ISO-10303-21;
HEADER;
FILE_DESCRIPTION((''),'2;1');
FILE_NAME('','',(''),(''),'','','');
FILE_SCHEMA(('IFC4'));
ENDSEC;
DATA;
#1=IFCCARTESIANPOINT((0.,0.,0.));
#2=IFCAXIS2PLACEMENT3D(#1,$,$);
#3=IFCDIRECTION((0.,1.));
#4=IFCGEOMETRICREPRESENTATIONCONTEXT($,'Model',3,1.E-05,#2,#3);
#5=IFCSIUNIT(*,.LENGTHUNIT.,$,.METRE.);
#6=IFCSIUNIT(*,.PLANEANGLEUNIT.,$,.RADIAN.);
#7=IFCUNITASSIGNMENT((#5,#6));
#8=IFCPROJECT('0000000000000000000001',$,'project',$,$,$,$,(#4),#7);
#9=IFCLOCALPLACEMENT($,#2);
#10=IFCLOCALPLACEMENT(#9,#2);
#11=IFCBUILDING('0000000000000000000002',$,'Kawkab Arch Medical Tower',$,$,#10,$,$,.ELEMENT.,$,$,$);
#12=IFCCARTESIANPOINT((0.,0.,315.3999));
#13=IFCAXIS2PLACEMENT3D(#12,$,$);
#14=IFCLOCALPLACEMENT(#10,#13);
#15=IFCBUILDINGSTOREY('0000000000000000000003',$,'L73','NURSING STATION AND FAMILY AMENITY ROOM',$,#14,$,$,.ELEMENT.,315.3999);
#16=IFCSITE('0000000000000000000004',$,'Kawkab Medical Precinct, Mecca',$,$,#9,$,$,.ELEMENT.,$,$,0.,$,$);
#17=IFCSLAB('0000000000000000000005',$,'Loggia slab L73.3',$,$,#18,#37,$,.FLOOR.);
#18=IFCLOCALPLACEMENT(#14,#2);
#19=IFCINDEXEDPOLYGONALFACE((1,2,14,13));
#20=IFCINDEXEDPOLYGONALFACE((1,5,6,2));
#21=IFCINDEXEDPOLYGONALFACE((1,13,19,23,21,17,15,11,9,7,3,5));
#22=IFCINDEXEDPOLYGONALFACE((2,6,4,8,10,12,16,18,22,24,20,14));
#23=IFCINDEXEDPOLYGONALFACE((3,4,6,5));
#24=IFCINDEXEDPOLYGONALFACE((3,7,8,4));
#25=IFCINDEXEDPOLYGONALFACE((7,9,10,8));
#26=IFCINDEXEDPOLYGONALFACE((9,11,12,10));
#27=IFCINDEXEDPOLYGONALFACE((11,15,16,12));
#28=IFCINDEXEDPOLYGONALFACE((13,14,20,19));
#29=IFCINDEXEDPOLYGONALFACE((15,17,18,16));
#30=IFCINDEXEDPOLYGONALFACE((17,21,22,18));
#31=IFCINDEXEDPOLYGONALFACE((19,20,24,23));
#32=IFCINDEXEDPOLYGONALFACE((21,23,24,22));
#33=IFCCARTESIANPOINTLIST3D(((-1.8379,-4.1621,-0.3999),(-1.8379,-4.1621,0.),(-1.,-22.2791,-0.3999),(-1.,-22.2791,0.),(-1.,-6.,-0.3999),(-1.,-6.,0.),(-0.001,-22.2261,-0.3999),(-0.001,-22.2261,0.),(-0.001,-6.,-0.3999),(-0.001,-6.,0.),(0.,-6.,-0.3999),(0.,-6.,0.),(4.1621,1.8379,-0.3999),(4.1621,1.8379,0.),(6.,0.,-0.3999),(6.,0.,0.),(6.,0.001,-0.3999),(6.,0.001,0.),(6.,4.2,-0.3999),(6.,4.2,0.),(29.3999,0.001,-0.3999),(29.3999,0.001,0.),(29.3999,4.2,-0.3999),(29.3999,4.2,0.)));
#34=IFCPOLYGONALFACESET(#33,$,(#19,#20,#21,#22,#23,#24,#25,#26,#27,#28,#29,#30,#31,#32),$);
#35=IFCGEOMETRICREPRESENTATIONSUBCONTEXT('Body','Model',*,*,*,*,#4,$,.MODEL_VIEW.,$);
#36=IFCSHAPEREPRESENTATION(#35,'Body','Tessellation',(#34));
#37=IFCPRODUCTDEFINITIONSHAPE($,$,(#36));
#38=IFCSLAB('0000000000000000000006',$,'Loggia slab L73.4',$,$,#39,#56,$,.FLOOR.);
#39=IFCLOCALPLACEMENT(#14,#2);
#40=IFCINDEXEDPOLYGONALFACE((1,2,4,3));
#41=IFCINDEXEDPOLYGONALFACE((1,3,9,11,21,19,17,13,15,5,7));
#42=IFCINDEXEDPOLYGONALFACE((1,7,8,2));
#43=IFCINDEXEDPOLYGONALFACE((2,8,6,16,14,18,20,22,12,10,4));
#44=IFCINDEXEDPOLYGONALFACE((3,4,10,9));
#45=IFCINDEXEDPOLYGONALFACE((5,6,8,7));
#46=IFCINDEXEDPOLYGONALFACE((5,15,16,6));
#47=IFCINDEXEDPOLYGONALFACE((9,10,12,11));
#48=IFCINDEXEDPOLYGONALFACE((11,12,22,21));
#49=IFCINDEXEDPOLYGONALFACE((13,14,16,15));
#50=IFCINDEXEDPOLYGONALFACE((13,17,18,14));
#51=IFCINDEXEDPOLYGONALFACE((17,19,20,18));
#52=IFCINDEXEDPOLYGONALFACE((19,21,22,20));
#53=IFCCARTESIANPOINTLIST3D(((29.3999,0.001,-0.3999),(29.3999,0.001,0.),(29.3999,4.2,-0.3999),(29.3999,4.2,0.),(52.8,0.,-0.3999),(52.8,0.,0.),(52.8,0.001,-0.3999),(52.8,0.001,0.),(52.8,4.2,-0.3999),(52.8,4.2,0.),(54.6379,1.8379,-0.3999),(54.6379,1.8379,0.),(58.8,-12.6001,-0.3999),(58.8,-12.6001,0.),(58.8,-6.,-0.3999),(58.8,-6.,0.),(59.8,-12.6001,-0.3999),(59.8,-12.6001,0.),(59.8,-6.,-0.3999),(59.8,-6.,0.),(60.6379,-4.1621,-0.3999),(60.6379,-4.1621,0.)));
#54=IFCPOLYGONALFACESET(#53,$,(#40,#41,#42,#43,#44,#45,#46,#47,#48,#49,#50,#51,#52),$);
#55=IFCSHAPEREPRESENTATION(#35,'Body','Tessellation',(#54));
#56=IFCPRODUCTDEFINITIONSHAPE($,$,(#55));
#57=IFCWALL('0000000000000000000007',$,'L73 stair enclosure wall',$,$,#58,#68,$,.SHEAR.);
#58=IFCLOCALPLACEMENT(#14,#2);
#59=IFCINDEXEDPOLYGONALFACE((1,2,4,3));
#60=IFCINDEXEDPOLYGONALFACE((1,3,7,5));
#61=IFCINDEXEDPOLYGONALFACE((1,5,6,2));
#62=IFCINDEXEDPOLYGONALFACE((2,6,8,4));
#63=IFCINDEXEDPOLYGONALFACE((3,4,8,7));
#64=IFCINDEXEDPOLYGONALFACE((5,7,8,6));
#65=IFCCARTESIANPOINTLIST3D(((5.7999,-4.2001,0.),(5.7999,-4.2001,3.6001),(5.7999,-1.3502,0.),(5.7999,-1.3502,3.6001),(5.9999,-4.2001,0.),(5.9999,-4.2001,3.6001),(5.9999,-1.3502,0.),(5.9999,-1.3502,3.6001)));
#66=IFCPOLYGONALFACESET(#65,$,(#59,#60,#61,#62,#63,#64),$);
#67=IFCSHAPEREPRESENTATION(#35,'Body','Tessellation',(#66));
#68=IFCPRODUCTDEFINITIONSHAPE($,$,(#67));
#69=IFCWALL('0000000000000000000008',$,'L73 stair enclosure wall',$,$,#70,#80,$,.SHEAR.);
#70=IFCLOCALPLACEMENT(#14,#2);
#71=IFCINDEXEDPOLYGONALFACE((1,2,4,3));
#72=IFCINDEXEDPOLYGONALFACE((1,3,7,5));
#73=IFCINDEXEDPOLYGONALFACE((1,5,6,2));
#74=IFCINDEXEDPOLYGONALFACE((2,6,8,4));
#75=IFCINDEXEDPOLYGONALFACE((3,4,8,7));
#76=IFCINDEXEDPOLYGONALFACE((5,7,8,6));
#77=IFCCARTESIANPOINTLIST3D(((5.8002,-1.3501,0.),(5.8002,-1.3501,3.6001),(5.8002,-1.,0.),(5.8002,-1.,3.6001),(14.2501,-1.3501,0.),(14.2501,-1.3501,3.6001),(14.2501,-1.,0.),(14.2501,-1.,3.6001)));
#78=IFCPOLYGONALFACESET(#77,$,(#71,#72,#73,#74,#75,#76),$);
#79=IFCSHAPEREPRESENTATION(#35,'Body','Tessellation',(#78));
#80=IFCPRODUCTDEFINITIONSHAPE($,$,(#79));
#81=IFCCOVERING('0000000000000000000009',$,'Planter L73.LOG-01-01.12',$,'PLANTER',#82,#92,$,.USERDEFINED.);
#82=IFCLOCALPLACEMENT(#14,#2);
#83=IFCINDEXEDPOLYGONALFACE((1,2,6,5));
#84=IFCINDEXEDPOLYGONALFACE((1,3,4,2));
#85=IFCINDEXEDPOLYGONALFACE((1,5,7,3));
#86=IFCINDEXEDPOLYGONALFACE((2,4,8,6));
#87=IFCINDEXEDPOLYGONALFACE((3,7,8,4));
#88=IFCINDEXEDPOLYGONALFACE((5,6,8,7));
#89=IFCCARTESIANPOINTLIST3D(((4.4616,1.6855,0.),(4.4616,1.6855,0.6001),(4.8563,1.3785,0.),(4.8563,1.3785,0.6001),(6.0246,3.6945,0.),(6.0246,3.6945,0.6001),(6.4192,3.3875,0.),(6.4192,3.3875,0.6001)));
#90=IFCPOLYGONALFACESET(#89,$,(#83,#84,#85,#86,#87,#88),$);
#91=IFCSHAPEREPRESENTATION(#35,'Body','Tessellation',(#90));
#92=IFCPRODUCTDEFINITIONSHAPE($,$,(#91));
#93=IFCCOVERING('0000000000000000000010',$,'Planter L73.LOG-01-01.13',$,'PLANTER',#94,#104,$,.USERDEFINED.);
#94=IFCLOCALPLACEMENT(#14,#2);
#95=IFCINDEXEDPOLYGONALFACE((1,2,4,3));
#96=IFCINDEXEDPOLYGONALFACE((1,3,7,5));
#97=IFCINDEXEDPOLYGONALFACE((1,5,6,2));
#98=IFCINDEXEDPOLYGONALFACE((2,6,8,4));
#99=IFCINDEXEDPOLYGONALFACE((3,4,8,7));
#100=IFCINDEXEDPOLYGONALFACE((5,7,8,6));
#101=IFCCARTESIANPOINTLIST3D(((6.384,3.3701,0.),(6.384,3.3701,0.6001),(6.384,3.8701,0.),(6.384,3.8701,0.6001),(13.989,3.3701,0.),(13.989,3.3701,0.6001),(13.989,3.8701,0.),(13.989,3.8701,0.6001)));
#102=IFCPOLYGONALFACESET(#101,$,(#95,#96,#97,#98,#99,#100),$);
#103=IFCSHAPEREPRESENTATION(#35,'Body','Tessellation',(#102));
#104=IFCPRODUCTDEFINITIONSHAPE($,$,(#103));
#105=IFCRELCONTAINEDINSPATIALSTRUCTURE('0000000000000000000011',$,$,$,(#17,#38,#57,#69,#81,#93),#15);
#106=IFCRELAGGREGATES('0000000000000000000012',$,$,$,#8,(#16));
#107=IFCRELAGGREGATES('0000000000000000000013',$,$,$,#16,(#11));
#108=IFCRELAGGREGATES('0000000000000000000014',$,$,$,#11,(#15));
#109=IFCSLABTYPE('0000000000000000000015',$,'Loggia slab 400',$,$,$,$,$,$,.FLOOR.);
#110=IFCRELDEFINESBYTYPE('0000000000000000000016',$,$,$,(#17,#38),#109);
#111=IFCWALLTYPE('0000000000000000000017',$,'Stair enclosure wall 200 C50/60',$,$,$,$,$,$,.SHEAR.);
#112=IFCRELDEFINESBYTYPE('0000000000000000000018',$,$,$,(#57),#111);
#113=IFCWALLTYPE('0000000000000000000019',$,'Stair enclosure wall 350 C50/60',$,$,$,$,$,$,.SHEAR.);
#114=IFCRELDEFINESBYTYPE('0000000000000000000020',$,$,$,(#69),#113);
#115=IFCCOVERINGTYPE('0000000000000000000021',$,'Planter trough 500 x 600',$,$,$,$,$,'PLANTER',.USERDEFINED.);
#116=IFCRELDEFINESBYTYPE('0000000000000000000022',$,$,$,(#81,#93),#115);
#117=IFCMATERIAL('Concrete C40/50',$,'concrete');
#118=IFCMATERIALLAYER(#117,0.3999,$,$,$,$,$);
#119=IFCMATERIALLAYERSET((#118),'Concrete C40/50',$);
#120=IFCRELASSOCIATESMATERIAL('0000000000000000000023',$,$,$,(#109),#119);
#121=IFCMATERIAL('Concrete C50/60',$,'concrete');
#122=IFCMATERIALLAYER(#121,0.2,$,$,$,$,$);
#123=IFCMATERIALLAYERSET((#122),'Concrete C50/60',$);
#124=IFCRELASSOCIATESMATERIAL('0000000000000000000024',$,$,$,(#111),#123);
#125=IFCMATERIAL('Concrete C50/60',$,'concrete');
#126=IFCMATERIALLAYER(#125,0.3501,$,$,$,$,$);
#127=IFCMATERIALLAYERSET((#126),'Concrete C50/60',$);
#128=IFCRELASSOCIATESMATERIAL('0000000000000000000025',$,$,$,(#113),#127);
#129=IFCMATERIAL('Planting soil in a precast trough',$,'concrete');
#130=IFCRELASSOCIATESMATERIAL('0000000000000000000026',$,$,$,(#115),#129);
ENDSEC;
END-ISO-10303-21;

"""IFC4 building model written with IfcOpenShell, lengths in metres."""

from ifc_helpers import new_model, si_unit, direction, frame, frame_2d, origin, origin_2d, place, context, subcontext, project, spatial, polyline, rectangle, outline, extrude, material, layer, layer_set, material_profile, profile_set, type_object, element, save


model = new_model("IFC4")

# Units and contexts
model_context = context("Model", 3, precision=1e-05, world=origin(), true_north=direction((0.0, 1.0)))
body_context = subcontext(model_context, "Body", "Model", "MODEL_VIEW")
ifc_project = project(units=[si_unit("LENGTHUNIT", "METRE"), si_unit("PLANEANGLEUNIT", "RADIAN")], contexts=[model_context])

# Site, building, storey
site_placement = place(None, origin())
site = spatial("IfcSite", under=ifc_project, at=site_placement, Name="Kawkab Medical Precinct, Mecca", CompositionType="ELEMENT", RefElevation=0.0)
building_placement = place(site_placement, origin())
building = spatial("IfcBuilding", under=site, at=building_placement, Name="Kawkab Arch Medical Tower", CompositionType="ELEMENT")
storey_placement = place(building_placement, frame((0.0, 0.0, 315.3999)))
storey = spatial("IfcBuildingStorey", under=building, at=storey_placement, Name="L73", Description="NURSING STATION AND FAMILY AMENITY ROOM", CompositionType="ELEMENT", Elevation=315.3999)

# Slabs
ifc_material_1 = material(Name="Concrete C40/50", Category="concrete")
ifc_layer_1 = layer(ifc_material_1, 0.3999)
ifc_layer_set_1 = layer_set([ifc_layer_1], Name="Concrete C40/50")
slab_type_1 = type_object("IfcSlabType", Name="Loggia slab 400", PredefinedType="FLOOR", material=ifc_layer_set_1)
placement_1 = place(storey_placement, frame((0.0, 0.0, -0.3999)))
element("IfcSlab", 1, at=placement_1, inside=storey, type_object=slab_type_1, Name="Loggia slab L73.3", PredefinedType="FLOOR", context=body_context, shape_type="SweptSolid", body=[
    extrude(outline(polyline([(-1.8379, -4.1621), (4.1621, 1.8379), (6.0, 4.2), (29.3999, 4.2), (29.3999, 0.001), (6.0, 0.001), (6.0, 0.0), (0.0, -6.0), (-0.001, -6.0), (-0.001, -22.2261), (-1.0, -22.2791), (-1.0, -6.0), (-1.8379, -4.1621)])), origin(), (0.0, 0.0, 1.0), 0.3999),
])
element("IfcSlab", 2, at=placement_1, inside=storey, type_object=slab_type_1, Name="Loggia slab L73.4", PredefinedType="FLOOR", context=body_context, shape_type="SweptSolid", body=[
    extrude(outline(polyline([(54.6379, 1.8379), (60.6379, -4.1621), (59.8, -6.0), (59.8, -12.6001), (58.8, -12.6001), (58.8, -6.0), (52.8, 0.0), (52.8, 0.001), (29.3999, 0.001), (29.3999, 4.2), (52.8, 4.2), (54.6379, 1.8379)])), origin(), (0.0, 0.0, 1.0), 0.3999),
])

# Walls
ifc_material_2 = material(Name="Concrete C50/60", Category="concrete")
ifc_layer_2 = layer(ifc_material_2, 0.2)
ifc_layer_set_2 = layer_set([ifc_layer_2], Name="Concrete C50/60")
wall_type_1 = type_object("IfcWallType", Name="Stair enclosure wall 200 C50/60", PredefinedType="SHEAR", material=ifc_layer_set_2)
wall_1_placement = place(storey_placement, frame((5.8999, -4.2, 0.0), z_axis=(0.0, 0.0, 1.0), x_axis=(0.0, 1.0, 0.0)))
element("IfcWall", 3, at=wall_1_placement, inside=storey, type_object=wall_type_1, Name="L73 stair enclosure wall", PredefinedType="SHEAR", context=body_context, shape_type="SweptSolid", body=[
    extrude(rectangle(XDim=2.8499, YDim=0.2, at=frame_2d((1.4248, 0.0))), origin(), (0.0, 0.0, 1.0), 3.6001),
])
ifc_material_3 = material(Name="Concrete C50/60", Category="concrete")
ifc_layer_3 = layer(ifc_material_3, 0.3501)
ifc_layer_set_3 = layer_set([ifc_layer_3], Name="Concrete C50/60")
wall_type_2 = type_object("IfcWallType", Name="Stair enclosure wall 350 C50/60", PredefinedType="SHEAR", material=ifc_layer_set_3)
wall_2_placement = place(storey_placement, frame((5.8, -1.175, 0.0), z_axis=(0.0, 0.0, 1.0), x_axis=(1.0, 0.0, 0.0)))
element("IfcWall", 4, at=wall_2_placement, inside=storey, type_object=wall_type_2, Name="L73 stair enclosure wall", PredefinedType="SHEAR", context=body_context, shape_type="SweptSolid", body=[
    extrude(rectangle(XDim=8.45, YDim=0.3501, at=frame_2d((4.2251, 0.0))), origin(), (0.0, 0.0, 1.0), 3.6001),
])

# Coverings
ifc_material_4 = material(Name="Planting soil in a precast trough", Category="concrete")
ifc_material_profile_1 = material_profile(ifc_material_4, rectangle(XDim=0.5, YDim=0.6001, at=origin_2d()), Name="Trough 500x600")
ifc_profile_set_1 = profile_set([ifc_material_profile_1], Name="Planting soil in a precast trough")
covering_type = type_object("IfcCoveringType", Name="Planter trough 500 x 600", ElementType="PLANTER", PredefinedType="USERDEFINED", material=ifc_profile_set_1)
covering_1_placement = place(storey_placement, frame((4.6589, 1.532, 0.3), z_axis=(0.61404, 0.789275, 0.0), x_axis=(-0.789275, 0.61404, 0.0)))
element("IfcCovering", 5, at=covering_1_placement, inside=storey, type_object=covering_type, Name="Planter L73.LOG-01-01.12", ObjectType="PLANTER", PredefinedType="USERDEFINED", context=body_context, shape_type="SweptSolid", body=[
    extrude(rectangle(XDim=0.5, YDim=0.6001, at=origin_2d()), origin(), (0.0, 0.0, 1.0), 2.5454),
])
covering_2_placement = place(storey_placement, frame((6.384, 3.6201, 0.3), z_axis=(1.0, 0.0, 0.0), x_axis=(0.0, 1.0, 0.0)))
element("IfcCovering", 6, at=covering_2_placement, inside=storey, type_object=covering_type, Name="Planter L73.LOG-01-01.13", ObjectType="PLANTER", PredefinedType="USERDEFINED", context=body_context, shape_type="SweptSolid", body=[
    extrude(rectangle(XDim=0.5, YDim=0.6001, at=origin_2d()), origin(), (0.0, 0.0, 1.0), 7.605),
])

save(model, "model.ifc")
